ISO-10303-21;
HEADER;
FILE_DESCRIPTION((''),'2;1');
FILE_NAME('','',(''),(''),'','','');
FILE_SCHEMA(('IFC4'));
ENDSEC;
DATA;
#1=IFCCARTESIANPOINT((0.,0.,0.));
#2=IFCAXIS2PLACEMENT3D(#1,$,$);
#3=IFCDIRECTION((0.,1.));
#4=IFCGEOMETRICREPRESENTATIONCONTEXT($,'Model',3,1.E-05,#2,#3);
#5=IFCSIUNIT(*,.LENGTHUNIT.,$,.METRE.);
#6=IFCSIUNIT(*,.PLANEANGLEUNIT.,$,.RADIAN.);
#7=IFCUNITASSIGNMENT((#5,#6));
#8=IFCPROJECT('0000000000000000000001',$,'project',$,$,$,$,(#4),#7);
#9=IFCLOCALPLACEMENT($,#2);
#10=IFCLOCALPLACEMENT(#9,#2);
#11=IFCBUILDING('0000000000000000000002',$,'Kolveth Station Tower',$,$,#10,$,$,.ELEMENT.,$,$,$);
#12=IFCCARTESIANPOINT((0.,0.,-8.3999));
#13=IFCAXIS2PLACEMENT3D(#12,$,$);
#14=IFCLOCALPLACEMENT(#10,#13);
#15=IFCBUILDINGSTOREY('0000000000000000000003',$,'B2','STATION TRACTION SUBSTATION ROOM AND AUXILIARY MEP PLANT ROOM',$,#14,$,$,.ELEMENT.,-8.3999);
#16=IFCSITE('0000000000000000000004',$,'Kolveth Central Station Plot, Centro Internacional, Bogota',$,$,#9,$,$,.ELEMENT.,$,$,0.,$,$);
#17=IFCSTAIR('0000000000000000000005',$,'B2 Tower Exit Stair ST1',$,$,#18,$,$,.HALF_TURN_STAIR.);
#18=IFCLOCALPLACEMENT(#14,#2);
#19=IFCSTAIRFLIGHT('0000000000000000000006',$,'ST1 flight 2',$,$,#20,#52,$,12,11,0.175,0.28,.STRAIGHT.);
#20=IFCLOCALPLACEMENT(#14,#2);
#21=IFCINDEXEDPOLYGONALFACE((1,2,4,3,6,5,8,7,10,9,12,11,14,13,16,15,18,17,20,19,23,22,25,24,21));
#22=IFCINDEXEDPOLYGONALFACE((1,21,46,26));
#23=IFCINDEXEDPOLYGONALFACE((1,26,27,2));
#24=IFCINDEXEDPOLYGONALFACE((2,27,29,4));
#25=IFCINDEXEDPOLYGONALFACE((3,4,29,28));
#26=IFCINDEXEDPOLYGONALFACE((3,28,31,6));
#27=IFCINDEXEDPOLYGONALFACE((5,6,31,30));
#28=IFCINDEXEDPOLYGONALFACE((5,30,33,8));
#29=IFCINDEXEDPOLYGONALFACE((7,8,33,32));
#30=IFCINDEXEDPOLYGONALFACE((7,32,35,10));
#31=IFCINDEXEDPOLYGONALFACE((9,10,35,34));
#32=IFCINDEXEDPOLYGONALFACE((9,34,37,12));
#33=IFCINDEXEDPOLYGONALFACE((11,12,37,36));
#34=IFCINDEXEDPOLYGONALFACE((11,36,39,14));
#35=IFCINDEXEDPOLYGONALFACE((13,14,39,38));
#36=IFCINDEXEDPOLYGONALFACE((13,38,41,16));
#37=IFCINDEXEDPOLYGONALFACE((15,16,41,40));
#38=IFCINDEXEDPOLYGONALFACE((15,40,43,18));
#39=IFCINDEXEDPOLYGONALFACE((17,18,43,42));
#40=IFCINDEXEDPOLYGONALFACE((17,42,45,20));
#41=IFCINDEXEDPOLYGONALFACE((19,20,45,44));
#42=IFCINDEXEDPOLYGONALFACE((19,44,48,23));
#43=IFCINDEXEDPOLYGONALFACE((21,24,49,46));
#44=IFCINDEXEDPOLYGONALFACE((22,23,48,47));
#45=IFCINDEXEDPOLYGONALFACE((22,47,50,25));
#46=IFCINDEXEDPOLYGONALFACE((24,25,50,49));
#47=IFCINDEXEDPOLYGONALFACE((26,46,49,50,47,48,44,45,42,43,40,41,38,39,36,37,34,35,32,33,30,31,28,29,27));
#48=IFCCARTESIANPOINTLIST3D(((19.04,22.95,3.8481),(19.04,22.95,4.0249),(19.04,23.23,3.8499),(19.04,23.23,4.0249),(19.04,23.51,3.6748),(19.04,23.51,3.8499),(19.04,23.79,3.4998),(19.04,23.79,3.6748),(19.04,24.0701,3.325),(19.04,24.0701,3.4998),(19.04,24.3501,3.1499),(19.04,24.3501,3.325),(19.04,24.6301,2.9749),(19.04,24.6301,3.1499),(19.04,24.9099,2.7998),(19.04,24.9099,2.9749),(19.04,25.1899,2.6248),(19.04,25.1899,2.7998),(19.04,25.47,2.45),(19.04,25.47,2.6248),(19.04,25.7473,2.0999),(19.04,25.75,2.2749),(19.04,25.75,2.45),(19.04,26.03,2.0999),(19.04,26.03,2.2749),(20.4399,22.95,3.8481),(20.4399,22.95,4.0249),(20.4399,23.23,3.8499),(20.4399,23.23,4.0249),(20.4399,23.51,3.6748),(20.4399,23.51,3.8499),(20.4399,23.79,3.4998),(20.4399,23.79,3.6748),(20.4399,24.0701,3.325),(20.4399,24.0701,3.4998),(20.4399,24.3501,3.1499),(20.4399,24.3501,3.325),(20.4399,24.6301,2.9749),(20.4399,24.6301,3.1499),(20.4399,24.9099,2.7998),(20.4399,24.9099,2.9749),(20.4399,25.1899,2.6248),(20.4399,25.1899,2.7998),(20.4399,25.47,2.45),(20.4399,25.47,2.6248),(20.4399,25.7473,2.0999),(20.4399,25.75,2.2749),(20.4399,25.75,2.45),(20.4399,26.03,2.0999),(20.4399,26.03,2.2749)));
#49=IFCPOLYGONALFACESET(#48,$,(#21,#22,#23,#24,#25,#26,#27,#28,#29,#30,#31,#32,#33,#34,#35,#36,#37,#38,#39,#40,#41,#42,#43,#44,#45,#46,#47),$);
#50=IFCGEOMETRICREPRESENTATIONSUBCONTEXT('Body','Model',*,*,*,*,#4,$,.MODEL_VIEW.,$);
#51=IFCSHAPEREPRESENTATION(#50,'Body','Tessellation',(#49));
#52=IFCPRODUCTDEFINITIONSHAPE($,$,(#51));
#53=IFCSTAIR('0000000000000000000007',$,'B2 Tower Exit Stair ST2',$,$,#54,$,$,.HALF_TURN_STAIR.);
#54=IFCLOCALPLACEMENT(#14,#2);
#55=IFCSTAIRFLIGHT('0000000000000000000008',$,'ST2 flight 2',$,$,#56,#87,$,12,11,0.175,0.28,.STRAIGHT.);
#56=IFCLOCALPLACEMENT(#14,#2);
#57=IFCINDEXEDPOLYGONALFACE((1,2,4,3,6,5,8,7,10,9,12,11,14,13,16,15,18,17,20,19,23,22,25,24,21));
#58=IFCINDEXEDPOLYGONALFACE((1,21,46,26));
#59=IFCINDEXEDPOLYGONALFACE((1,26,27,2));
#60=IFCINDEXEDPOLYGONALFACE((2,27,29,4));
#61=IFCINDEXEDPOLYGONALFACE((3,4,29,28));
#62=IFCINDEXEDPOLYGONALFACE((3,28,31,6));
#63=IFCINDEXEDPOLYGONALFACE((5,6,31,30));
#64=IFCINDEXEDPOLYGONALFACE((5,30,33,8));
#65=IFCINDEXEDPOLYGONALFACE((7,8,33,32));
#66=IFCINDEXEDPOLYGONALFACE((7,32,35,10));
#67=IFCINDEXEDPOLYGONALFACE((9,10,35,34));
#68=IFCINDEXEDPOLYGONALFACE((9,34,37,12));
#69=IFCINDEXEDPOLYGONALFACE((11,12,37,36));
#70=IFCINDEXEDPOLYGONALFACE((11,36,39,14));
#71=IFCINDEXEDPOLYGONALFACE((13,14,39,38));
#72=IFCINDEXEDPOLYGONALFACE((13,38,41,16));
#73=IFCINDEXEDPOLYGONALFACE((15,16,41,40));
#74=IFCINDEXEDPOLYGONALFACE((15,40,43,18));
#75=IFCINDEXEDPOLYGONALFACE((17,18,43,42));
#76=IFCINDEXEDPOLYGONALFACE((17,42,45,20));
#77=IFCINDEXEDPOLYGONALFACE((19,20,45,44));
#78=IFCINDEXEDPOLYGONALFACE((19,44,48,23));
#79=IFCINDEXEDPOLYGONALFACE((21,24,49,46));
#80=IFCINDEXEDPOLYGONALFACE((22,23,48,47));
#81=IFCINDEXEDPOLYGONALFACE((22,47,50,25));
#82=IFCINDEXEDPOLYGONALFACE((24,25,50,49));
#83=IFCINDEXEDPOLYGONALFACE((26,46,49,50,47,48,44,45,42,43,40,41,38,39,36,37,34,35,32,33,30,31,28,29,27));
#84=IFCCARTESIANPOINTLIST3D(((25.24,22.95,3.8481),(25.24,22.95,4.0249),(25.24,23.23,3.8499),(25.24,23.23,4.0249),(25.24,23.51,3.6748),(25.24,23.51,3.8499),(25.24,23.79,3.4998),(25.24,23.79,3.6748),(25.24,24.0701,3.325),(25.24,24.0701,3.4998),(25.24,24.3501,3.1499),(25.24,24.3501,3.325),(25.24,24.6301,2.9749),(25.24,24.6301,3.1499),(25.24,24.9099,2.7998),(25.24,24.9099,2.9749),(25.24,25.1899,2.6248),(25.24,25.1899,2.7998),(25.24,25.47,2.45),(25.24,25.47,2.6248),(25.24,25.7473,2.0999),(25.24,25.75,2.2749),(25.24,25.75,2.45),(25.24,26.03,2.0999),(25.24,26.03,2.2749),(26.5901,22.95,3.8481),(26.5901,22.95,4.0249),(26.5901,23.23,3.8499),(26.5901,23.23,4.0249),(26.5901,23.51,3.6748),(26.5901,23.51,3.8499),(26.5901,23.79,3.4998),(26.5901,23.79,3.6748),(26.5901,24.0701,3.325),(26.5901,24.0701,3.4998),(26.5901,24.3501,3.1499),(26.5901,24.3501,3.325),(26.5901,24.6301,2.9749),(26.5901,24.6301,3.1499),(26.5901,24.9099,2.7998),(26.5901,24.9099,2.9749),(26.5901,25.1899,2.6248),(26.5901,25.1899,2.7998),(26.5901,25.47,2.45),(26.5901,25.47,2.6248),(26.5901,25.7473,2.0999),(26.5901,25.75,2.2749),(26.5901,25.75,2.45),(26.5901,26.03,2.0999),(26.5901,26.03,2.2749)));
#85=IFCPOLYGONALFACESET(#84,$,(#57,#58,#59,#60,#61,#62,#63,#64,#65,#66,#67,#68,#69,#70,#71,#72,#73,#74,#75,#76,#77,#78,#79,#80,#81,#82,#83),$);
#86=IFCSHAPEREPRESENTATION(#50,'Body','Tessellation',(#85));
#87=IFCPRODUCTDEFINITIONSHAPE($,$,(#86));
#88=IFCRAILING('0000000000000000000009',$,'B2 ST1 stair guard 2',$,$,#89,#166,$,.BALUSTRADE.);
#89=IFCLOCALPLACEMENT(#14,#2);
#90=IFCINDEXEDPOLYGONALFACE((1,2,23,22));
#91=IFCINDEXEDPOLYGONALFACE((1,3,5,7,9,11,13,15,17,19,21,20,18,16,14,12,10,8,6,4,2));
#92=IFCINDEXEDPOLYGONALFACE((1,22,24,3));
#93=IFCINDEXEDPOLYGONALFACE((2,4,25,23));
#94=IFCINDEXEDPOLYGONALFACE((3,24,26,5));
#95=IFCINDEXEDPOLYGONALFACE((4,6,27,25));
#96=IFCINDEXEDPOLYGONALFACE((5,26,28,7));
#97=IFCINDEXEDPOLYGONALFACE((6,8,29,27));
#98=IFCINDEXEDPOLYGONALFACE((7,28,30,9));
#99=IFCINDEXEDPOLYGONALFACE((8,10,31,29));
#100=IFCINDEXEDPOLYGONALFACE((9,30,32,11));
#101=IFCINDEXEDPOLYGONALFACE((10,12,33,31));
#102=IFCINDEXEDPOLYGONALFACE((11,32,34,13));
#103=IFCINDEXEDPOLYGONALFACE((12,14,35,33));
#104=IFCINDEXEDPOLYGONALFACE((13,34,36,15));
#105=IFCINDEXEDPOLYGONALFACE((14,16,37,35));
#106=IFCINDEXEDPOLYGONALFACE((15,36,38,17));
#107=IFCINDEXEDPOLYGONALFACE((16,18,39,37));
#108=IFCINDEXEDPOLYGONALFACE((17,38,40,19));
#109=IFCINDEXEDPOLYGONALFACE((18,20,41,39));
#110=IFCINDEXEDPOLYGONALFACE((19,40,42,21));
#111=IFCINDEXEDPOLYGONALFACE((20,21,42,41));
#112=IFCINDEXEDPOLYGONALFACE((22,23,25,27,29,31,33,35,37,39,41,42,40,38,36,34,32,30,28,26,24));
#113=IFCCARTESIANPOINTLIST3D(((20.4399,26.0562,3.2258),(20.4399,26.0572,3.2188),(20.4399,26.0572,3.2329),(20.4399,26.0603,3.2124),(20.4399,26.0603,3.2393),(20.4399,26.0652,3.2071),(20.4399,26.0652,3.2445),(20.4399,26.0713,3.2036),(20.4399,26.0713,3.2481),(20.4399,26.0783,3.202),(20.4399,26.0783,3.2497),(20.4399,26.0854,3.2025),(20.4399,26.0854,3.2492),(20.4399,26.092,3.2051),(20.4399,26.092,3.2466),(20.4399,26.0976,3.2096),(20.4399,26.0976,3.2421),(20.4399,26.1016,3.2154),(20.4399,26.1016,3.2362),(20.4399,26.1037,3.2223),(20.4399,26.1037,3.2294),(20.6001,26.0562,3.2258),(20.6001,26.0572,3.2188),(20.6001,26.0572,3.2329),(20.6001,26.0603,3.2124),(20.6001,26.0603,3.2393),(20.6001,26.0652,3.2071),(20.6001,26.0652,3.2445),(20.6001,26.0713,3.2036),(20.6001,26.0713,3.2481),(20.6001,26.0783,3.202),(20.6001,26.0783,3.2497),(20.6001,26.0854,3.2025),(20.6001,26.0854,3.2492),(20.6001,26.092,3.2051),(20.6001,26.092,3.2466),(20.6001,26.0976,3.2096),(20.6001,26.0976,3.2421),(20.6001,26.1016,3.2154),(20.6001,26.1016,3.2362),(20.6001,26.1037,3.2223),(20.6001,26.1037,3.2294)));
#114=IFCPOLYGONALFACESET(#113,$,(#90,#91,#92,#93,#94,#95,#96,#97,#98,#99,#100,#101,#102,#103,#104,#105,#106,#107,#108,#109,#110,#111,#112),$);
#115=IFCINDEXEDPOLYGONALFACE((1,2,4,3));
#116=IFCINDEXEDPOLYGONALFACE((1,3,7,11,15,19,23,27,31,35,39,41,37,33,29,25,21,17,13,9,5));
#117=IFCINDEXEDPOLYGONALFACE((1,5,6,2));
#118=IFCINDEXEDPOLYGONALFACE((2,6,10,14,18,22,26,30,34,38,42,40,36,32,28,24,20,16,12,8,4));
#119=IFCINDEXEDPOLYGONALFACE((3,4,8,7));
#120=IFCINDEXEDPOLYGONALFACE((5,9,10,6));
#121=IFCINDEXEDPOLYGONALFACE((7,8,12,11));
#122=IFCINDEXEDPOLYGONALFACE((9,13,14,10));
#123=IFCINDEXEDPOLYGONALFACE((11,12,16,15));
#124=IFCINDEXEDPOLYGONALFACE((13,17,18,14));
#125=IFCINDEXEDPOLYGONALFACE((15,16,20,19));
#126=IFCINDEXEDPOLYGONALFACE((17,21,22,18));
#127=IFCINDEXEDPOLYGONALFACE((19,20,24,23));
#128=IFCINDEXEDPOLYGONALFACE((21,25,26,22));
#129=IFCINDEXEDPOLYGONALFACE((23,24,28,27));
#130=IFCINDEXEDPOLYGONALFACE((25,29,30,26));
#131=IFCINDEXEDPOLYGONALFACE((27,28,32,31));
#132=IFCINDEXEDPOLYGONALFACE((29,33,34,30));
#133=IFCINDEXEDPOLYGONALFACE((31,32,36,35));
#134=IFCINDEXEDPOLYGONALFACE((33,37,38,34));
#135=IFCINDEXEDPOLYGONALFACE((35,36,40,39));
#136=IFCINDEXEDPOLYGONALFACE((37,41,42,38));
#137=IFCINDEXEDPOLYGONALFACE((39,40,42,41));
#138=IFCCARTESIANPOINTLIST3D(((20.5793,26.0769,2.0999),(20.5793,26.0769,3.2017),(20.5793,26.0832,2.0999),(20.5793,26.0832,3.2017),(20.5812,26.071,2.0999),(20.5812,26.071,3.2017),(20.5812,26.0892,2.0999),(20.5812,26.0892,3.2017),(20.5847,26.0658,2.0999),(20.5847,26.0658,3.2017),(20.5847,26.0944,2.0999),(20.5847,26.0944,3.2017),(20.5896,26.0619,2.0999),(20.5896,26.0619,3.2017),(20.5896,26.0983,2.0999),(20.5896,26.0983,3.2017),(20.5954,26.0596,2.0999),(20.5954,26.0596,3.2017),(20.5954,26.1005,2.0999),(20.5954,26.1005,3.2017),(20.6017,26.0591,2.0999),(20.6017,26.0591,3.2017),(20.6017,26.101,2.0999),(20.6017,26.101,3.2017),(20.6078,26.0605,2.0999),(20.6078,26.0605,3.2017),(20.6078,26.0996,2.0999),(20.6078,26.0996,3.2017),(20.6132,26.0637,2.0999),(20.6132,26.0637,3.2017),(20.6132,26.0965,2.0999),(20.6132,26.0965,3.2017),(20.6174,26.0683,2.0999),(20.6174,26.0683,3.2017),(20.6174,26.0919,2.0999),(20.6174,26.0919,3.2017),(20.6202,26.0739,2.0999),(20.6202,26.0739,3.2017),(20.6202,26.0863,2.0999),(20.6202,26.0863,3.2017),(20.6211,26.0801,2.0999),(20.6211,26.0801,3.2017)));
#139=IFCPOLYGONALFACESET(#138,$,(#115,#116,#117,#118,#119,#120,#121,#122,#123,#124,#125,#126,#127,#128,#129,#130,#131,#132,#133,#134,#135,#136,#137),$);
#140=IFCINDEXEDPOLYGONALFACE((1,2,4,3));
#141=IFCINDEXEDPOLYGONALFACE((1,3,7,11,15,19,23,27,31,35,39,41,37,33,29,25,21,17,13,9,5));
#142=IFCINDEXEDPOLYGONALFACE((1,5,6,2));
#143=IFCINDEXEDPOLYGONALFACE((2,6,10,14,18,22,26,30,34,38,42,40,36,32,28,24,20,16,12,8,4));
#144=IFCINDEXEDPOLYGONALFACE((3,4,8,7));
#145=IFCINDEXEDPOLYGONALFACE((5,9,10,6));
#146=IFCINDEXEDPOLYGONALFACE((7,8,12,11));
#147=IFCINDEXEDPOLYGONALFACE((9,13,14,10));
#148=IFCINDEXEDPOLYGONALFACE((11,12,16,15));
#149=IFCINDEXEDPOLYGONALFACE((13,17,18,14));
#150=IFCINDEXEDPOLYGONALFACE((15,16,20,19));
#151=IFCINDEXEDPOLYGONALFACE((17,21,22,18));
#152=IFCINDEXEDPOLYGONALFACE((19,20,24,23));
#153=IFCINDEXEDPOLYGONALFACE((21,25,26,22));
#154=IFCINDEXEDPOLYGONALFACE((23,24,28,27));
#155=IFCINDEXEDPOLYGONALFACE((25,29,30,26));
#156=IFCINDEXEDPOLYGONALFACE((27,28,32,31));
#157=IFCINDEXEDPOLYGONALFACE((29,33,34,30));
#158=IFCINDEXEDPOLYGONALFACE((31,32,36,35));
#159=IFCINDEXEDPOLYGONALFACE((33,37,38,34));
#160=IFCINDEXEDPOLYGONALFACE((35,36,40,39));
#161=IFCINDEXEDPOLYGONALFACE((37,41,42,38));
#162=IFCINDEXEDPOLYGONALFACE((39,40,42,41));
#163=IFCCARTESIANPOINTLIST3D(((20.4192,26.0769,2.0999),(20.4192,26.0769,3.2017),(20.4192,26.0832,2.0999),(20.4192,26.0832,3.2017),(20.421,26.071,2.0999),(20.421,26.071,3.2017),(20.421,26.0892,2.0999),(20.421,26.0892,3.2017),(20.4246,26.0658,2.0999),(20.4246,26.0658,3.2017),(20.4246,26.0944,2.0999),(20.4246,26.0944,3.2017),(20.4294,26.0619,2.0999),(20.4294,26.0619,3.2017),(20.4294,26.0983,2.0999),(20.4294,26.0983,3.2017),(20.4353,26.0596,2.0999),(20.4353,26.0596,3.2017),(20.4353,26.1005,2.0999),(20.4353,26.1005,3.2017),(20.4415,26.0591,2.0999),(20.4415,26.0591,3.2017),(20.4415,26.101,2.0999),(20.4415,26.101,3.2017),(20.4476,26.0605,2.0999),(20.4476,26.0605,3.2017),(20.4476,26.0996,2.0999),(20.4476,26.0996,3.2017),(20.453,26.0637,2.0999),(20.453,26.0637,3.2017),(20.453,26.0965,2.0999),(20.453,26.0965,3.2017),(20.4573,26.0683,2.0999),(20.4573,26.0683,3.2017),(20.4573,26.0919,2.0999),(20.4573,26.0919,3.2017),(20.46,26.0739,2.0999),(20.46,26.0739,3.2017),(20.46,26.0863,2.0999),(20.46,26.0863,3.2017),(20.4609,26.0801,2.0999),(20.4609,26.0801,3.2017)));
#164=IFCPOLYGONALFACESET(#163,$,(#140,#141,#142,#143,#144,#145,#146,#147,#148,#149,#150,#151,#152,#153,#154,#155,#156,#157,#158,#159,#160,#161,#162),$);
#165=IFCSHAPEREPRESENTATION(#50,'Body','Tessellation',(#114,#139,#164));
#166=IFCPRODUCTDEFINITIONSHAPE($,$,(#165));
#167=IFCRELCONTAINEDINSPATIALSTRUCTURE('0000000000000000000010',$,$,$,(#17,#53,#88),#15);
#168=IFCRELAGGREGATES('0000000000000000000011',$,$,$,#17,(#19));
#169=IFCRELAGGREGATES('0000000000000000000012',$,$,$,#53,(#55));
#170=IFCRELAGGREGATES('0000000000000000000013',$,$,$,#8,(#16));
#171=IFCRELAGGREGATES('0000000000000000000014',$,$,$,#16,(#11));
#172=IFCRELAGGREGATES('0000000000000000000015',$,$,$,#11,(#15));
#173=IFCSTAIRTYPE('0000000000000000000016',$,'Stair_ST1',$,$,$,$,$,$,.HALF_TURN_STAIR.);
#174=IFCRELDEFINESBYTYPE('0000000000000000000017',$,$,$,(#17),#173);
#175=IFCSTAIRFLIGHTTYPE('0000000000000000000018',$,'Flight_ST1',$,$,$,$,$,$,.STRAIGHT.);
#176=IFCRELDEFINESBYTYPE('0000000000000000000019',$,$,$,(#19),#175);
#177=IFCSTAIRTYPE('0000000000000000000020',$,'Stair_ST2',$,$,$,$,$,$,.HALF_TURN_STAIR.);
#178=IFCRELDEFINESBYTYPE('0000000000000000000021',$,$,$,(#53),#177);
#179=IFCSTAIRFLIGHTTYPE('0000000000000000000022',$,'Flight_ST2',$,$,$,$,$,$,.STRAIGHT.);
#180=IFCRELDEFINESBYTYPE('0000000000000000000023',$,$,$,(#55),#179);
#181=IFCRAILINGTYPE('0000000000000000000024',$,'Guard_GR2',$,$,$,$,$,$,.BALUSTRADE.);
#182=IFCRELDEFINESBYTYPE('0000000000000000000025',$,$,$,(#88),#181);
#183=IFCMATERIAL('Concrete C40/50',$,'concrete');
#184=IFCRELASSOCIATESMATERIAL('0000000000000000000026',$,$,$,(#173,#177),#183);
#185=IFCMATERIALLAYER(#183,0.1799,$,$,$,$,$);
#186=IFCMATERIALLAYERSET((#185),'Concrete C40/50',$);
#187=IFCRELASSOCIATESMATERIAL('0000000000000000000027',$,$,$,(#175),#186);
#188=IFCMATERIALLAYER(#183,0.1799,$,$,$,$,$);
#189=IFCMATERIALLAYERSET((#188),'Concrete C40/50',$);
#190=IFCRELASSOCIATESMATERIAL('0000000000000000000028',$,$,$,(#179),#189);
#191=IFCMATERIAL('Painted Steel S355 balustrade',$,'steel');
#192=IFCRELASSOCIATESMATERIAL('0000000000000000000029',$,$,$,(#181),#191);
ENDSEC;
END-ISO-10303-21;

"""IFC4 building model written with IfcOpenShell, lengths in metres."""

from ifc_helpers import new_model, si_unit, direction, frame, origin, origin_2d, place, context, subcontext, project, spatial, polyline, circle, outline, extrude, material, layer, layer_set, type_object, element, aggregate, save


model = new_model("IFC4")

# Units and contexts
model_context = context("Model", 3, precision=1e-05, world=origin(), true_north=direction((0.0, 1.0)))
body_context = subcontext(model_context, "Body", "Model", "MODEL_VIEW")
ifc_project = project(units=[si_unit("LENGTHUNIT", "METRE"), si_unit("PLANEANGLEUNIT", "RADIAN")], contexts=[model_context])

# Site, building, storey
site_placement = place(None, origin())
site = spatial("IfcSite", under=ifc_project, at=site_placement, Name="Kolveth Central Station Plot, Centro Internacional, Bogota", CompositionType="ELEMENT", RefElevation=0.0)
building_placement = place(site_placement, origin())
building = spatial("IfcBuilding", under=site, at=building_placement, Name="Kolveth Station Tower", CompositionType="ELEMENT")
storey_placement = place(building_placement, frame((0.0, 0.0, -8.3999)))
storey = spatial("IfcBuildingStorey", under=building, at=storey_placement, Name="B2", Description="STATION TRACTION SUBSTATION ROOM AND AUXILIARY MEP PLANT ROOM", CompositionType="ELEMENT", Elevation=-8.3999)

# Stairs, stair flights
ifc_material_1 = material(Name="Concrete C40/50", Category="concrete")
stair_type_1 = type_object("IfcStairType", Name="Stair_ST1", PredefinedType="HALF_TURN_STAIR", material=ifc_material_1)
stair_1_placement = place(storey_placement, origin())
stair_1 = element("IfcStair", 1, at=stair_1_placement, inside=storey, type_object=stair_type_1, Name="B2 Tower Exit Stair ST1", PredefinedType="HALF_TURN_STAIR")
ifc_layer_1 = layer(ifc_material_1, 0.1799)
ifc_layer_set_1 = layer_set([ifc_layer_1], Name="Concrete C40/50")
stair_flight_type_1 = type_object("IfcStairFlightType", Name="Flight_ST1", PredefinedType="STRAIGHT", material=ifc_layer_set_1)
stair_flight_1_placement = place(storey_placement, frame((19.74, 26.03, 2.0999), z_axis=(0.0, 0.0, 1.0), x_axis=(0.0, -1.0, 0.0)))
stair_flight_1 = element("IfcStairFlight", 2, at=stair_flight_1_placement, type_object=stair_flight_type_1, Name="ST1 flight 2", NumberOfRisers=12, NumberOfTreads=11, PredefinedType="STRAIGHT", RiserHeight=0.175, TreadLength=0.28, context=body_context, shape_type="SweptSolid", body=[
    extrude(outline(polyline([(0.0, 0.0), (0.0, 0.175), (0.28, 0.175), (0.28, 0.3501), (0.5601, 0.3501), (0.5601, 0.5249), (0.8401, 0.5249), (0.8401, 0.7), (1.1201, 0.7), (1.1201, 0.875), (1.3999, 0.875), (1.3999, 1.05), (1.6799, 1.05), (1.6799, 1.2251), (1.96, 1.2251), (1.96, 1.3999), (2.24, 1.3999), (2.24, 1.575), (2.52, 1.575), (2.52, 1.75), (2.8, 1.75), (2.8, 1.925), (3.0801, 1.925), (3.0801, 2.1001), (3.0801, 1.7483), (0.2827, 0.0), (0.0, 0.0)])), frame((0.0, 0.7, 0.0), z_axis=(0.0, -1.0, 0.0), x_axis=(1.0, 0.0, 0.0)), (0.0, 0.0, 1.0), 1.3999),
])
aggregate(stair_1, [stair_flight_1])
stair_type_2 = type_object("IfcStairType", Name="Stair_ST2", PredefinedType="HALF_TURN_STAIR", material=ifc_material_1)
stair_2_placement = place(storey_placement, origin())
stair_2 = element("IfcStair", 3, at=stair_2_placement, inside=storey, type_object=stair_type_2, Name="B2 Tower Exit Stair ST2", PredefinedType="HALF_TURN_STAIR")
ifc_layer_2 = layer(ifc_material_1, 0.1799)
ifc_layer_set_2 = layer_set([ifc_layer_2], Name="Concrete C40/50")
stair_flight_type_2 = type_object("IfcStairFlightType", Name="Flight_ST2", PredefinedType="STRAIGHT", material=ifc_layer_set_2)
stair_flight_2_placement = place(storey_placement, frame((25.915, 26.03, 2.0999), z_axis=(0.0, 0.0, 1.0), x_axis=(0.0, -1.0, 0.0)))
stair_flight_2 = element("IfcStairFlight", 4, at=stair_flight_2_placement, type_object=stair_flight_type_2, Name="ST2 flight 2", NumberOfRisers=12, NumberOfTreads=11, PredefinedType="STRAIGHT", RiserHeight=0.175, TreadLength=0.28, context=body_context, shape_type="SweptSolid", body=[
    extrude(outline(polyline([(0.0, 0.0), (0.0, 0.175), (0.28, 0.175), (0.28, 0.3501), (0.5601, 0.3501), (0.5601, 0.5249), (0.8401, 0.5249), (0.8401, 0.7), (1.1201, 0.7), (1.1201, 0.875), (1.3999, 0.875), (1.3999, 1.05), (1.6799, 1.05), (1.6799, 1.2251), (1.96, 1.2251), (1.96, 1.3999), (2.24, 1.3999), (2.24, 1.575), (2.52, 1.575), (2.52, 1.75), (2.8, 1.75), (2.8, 1.925), (3.0801, 1.925), (3.0801, 2.1001), (3.0801, 1.7483), (0.2827, 0.0), (0.0, 0.0)])), frame((0.0, 0.675, 0.0), z_axis=(0.0, -1.0, 0.0), x_axis=(1.0, 0.0, 0.0)), (0.0, 0.0, 1.0), 1.3501),
])
aggregate(stair_2, [stair_flight_2])

# Railing
ifc_material_2 = material(Name="Painted Steel S355 balustrade", Category="steel")
railing_type_1 = type_object("IfcRailingType", Name="Guard_GR2", PredefinedType="BALUSTRADE", material=ifc_material_2)
railing_1_placement = place(storey_placement, frame((20.6001, 26.0801, 2.0999)))
element("IfcRailing", 5, at=railing_1_placement, inside=storey, type_object=railing_type_1, Name="B2 ST1 stair guard 2", PredefinedType="BALUSTRADE", context=body_context, shape_type="SweptSolid", body=[
    extrude(circle(Radius=0.0239, at=origin_2d()), frame((0.0, 0.0, 1.126), z_axis=(-1.0, 0.0, 0.0), x_axis=(0.0, -1.0, 0.0)), (0.0, 0.0, 1.0), 0.1602),
    extrude(circle(Radius=0.021, at=origin_2d()), origin(), (0.0, 0.0, 1.0), 1.1018),
    extrude(circle(Radius=0.021, at=origin_2d()), frame((-0.1602, 0.0, 0.0)), (0.0, 0.0, 1.0), 1.1018),
])

save(model, "model.ifc")
